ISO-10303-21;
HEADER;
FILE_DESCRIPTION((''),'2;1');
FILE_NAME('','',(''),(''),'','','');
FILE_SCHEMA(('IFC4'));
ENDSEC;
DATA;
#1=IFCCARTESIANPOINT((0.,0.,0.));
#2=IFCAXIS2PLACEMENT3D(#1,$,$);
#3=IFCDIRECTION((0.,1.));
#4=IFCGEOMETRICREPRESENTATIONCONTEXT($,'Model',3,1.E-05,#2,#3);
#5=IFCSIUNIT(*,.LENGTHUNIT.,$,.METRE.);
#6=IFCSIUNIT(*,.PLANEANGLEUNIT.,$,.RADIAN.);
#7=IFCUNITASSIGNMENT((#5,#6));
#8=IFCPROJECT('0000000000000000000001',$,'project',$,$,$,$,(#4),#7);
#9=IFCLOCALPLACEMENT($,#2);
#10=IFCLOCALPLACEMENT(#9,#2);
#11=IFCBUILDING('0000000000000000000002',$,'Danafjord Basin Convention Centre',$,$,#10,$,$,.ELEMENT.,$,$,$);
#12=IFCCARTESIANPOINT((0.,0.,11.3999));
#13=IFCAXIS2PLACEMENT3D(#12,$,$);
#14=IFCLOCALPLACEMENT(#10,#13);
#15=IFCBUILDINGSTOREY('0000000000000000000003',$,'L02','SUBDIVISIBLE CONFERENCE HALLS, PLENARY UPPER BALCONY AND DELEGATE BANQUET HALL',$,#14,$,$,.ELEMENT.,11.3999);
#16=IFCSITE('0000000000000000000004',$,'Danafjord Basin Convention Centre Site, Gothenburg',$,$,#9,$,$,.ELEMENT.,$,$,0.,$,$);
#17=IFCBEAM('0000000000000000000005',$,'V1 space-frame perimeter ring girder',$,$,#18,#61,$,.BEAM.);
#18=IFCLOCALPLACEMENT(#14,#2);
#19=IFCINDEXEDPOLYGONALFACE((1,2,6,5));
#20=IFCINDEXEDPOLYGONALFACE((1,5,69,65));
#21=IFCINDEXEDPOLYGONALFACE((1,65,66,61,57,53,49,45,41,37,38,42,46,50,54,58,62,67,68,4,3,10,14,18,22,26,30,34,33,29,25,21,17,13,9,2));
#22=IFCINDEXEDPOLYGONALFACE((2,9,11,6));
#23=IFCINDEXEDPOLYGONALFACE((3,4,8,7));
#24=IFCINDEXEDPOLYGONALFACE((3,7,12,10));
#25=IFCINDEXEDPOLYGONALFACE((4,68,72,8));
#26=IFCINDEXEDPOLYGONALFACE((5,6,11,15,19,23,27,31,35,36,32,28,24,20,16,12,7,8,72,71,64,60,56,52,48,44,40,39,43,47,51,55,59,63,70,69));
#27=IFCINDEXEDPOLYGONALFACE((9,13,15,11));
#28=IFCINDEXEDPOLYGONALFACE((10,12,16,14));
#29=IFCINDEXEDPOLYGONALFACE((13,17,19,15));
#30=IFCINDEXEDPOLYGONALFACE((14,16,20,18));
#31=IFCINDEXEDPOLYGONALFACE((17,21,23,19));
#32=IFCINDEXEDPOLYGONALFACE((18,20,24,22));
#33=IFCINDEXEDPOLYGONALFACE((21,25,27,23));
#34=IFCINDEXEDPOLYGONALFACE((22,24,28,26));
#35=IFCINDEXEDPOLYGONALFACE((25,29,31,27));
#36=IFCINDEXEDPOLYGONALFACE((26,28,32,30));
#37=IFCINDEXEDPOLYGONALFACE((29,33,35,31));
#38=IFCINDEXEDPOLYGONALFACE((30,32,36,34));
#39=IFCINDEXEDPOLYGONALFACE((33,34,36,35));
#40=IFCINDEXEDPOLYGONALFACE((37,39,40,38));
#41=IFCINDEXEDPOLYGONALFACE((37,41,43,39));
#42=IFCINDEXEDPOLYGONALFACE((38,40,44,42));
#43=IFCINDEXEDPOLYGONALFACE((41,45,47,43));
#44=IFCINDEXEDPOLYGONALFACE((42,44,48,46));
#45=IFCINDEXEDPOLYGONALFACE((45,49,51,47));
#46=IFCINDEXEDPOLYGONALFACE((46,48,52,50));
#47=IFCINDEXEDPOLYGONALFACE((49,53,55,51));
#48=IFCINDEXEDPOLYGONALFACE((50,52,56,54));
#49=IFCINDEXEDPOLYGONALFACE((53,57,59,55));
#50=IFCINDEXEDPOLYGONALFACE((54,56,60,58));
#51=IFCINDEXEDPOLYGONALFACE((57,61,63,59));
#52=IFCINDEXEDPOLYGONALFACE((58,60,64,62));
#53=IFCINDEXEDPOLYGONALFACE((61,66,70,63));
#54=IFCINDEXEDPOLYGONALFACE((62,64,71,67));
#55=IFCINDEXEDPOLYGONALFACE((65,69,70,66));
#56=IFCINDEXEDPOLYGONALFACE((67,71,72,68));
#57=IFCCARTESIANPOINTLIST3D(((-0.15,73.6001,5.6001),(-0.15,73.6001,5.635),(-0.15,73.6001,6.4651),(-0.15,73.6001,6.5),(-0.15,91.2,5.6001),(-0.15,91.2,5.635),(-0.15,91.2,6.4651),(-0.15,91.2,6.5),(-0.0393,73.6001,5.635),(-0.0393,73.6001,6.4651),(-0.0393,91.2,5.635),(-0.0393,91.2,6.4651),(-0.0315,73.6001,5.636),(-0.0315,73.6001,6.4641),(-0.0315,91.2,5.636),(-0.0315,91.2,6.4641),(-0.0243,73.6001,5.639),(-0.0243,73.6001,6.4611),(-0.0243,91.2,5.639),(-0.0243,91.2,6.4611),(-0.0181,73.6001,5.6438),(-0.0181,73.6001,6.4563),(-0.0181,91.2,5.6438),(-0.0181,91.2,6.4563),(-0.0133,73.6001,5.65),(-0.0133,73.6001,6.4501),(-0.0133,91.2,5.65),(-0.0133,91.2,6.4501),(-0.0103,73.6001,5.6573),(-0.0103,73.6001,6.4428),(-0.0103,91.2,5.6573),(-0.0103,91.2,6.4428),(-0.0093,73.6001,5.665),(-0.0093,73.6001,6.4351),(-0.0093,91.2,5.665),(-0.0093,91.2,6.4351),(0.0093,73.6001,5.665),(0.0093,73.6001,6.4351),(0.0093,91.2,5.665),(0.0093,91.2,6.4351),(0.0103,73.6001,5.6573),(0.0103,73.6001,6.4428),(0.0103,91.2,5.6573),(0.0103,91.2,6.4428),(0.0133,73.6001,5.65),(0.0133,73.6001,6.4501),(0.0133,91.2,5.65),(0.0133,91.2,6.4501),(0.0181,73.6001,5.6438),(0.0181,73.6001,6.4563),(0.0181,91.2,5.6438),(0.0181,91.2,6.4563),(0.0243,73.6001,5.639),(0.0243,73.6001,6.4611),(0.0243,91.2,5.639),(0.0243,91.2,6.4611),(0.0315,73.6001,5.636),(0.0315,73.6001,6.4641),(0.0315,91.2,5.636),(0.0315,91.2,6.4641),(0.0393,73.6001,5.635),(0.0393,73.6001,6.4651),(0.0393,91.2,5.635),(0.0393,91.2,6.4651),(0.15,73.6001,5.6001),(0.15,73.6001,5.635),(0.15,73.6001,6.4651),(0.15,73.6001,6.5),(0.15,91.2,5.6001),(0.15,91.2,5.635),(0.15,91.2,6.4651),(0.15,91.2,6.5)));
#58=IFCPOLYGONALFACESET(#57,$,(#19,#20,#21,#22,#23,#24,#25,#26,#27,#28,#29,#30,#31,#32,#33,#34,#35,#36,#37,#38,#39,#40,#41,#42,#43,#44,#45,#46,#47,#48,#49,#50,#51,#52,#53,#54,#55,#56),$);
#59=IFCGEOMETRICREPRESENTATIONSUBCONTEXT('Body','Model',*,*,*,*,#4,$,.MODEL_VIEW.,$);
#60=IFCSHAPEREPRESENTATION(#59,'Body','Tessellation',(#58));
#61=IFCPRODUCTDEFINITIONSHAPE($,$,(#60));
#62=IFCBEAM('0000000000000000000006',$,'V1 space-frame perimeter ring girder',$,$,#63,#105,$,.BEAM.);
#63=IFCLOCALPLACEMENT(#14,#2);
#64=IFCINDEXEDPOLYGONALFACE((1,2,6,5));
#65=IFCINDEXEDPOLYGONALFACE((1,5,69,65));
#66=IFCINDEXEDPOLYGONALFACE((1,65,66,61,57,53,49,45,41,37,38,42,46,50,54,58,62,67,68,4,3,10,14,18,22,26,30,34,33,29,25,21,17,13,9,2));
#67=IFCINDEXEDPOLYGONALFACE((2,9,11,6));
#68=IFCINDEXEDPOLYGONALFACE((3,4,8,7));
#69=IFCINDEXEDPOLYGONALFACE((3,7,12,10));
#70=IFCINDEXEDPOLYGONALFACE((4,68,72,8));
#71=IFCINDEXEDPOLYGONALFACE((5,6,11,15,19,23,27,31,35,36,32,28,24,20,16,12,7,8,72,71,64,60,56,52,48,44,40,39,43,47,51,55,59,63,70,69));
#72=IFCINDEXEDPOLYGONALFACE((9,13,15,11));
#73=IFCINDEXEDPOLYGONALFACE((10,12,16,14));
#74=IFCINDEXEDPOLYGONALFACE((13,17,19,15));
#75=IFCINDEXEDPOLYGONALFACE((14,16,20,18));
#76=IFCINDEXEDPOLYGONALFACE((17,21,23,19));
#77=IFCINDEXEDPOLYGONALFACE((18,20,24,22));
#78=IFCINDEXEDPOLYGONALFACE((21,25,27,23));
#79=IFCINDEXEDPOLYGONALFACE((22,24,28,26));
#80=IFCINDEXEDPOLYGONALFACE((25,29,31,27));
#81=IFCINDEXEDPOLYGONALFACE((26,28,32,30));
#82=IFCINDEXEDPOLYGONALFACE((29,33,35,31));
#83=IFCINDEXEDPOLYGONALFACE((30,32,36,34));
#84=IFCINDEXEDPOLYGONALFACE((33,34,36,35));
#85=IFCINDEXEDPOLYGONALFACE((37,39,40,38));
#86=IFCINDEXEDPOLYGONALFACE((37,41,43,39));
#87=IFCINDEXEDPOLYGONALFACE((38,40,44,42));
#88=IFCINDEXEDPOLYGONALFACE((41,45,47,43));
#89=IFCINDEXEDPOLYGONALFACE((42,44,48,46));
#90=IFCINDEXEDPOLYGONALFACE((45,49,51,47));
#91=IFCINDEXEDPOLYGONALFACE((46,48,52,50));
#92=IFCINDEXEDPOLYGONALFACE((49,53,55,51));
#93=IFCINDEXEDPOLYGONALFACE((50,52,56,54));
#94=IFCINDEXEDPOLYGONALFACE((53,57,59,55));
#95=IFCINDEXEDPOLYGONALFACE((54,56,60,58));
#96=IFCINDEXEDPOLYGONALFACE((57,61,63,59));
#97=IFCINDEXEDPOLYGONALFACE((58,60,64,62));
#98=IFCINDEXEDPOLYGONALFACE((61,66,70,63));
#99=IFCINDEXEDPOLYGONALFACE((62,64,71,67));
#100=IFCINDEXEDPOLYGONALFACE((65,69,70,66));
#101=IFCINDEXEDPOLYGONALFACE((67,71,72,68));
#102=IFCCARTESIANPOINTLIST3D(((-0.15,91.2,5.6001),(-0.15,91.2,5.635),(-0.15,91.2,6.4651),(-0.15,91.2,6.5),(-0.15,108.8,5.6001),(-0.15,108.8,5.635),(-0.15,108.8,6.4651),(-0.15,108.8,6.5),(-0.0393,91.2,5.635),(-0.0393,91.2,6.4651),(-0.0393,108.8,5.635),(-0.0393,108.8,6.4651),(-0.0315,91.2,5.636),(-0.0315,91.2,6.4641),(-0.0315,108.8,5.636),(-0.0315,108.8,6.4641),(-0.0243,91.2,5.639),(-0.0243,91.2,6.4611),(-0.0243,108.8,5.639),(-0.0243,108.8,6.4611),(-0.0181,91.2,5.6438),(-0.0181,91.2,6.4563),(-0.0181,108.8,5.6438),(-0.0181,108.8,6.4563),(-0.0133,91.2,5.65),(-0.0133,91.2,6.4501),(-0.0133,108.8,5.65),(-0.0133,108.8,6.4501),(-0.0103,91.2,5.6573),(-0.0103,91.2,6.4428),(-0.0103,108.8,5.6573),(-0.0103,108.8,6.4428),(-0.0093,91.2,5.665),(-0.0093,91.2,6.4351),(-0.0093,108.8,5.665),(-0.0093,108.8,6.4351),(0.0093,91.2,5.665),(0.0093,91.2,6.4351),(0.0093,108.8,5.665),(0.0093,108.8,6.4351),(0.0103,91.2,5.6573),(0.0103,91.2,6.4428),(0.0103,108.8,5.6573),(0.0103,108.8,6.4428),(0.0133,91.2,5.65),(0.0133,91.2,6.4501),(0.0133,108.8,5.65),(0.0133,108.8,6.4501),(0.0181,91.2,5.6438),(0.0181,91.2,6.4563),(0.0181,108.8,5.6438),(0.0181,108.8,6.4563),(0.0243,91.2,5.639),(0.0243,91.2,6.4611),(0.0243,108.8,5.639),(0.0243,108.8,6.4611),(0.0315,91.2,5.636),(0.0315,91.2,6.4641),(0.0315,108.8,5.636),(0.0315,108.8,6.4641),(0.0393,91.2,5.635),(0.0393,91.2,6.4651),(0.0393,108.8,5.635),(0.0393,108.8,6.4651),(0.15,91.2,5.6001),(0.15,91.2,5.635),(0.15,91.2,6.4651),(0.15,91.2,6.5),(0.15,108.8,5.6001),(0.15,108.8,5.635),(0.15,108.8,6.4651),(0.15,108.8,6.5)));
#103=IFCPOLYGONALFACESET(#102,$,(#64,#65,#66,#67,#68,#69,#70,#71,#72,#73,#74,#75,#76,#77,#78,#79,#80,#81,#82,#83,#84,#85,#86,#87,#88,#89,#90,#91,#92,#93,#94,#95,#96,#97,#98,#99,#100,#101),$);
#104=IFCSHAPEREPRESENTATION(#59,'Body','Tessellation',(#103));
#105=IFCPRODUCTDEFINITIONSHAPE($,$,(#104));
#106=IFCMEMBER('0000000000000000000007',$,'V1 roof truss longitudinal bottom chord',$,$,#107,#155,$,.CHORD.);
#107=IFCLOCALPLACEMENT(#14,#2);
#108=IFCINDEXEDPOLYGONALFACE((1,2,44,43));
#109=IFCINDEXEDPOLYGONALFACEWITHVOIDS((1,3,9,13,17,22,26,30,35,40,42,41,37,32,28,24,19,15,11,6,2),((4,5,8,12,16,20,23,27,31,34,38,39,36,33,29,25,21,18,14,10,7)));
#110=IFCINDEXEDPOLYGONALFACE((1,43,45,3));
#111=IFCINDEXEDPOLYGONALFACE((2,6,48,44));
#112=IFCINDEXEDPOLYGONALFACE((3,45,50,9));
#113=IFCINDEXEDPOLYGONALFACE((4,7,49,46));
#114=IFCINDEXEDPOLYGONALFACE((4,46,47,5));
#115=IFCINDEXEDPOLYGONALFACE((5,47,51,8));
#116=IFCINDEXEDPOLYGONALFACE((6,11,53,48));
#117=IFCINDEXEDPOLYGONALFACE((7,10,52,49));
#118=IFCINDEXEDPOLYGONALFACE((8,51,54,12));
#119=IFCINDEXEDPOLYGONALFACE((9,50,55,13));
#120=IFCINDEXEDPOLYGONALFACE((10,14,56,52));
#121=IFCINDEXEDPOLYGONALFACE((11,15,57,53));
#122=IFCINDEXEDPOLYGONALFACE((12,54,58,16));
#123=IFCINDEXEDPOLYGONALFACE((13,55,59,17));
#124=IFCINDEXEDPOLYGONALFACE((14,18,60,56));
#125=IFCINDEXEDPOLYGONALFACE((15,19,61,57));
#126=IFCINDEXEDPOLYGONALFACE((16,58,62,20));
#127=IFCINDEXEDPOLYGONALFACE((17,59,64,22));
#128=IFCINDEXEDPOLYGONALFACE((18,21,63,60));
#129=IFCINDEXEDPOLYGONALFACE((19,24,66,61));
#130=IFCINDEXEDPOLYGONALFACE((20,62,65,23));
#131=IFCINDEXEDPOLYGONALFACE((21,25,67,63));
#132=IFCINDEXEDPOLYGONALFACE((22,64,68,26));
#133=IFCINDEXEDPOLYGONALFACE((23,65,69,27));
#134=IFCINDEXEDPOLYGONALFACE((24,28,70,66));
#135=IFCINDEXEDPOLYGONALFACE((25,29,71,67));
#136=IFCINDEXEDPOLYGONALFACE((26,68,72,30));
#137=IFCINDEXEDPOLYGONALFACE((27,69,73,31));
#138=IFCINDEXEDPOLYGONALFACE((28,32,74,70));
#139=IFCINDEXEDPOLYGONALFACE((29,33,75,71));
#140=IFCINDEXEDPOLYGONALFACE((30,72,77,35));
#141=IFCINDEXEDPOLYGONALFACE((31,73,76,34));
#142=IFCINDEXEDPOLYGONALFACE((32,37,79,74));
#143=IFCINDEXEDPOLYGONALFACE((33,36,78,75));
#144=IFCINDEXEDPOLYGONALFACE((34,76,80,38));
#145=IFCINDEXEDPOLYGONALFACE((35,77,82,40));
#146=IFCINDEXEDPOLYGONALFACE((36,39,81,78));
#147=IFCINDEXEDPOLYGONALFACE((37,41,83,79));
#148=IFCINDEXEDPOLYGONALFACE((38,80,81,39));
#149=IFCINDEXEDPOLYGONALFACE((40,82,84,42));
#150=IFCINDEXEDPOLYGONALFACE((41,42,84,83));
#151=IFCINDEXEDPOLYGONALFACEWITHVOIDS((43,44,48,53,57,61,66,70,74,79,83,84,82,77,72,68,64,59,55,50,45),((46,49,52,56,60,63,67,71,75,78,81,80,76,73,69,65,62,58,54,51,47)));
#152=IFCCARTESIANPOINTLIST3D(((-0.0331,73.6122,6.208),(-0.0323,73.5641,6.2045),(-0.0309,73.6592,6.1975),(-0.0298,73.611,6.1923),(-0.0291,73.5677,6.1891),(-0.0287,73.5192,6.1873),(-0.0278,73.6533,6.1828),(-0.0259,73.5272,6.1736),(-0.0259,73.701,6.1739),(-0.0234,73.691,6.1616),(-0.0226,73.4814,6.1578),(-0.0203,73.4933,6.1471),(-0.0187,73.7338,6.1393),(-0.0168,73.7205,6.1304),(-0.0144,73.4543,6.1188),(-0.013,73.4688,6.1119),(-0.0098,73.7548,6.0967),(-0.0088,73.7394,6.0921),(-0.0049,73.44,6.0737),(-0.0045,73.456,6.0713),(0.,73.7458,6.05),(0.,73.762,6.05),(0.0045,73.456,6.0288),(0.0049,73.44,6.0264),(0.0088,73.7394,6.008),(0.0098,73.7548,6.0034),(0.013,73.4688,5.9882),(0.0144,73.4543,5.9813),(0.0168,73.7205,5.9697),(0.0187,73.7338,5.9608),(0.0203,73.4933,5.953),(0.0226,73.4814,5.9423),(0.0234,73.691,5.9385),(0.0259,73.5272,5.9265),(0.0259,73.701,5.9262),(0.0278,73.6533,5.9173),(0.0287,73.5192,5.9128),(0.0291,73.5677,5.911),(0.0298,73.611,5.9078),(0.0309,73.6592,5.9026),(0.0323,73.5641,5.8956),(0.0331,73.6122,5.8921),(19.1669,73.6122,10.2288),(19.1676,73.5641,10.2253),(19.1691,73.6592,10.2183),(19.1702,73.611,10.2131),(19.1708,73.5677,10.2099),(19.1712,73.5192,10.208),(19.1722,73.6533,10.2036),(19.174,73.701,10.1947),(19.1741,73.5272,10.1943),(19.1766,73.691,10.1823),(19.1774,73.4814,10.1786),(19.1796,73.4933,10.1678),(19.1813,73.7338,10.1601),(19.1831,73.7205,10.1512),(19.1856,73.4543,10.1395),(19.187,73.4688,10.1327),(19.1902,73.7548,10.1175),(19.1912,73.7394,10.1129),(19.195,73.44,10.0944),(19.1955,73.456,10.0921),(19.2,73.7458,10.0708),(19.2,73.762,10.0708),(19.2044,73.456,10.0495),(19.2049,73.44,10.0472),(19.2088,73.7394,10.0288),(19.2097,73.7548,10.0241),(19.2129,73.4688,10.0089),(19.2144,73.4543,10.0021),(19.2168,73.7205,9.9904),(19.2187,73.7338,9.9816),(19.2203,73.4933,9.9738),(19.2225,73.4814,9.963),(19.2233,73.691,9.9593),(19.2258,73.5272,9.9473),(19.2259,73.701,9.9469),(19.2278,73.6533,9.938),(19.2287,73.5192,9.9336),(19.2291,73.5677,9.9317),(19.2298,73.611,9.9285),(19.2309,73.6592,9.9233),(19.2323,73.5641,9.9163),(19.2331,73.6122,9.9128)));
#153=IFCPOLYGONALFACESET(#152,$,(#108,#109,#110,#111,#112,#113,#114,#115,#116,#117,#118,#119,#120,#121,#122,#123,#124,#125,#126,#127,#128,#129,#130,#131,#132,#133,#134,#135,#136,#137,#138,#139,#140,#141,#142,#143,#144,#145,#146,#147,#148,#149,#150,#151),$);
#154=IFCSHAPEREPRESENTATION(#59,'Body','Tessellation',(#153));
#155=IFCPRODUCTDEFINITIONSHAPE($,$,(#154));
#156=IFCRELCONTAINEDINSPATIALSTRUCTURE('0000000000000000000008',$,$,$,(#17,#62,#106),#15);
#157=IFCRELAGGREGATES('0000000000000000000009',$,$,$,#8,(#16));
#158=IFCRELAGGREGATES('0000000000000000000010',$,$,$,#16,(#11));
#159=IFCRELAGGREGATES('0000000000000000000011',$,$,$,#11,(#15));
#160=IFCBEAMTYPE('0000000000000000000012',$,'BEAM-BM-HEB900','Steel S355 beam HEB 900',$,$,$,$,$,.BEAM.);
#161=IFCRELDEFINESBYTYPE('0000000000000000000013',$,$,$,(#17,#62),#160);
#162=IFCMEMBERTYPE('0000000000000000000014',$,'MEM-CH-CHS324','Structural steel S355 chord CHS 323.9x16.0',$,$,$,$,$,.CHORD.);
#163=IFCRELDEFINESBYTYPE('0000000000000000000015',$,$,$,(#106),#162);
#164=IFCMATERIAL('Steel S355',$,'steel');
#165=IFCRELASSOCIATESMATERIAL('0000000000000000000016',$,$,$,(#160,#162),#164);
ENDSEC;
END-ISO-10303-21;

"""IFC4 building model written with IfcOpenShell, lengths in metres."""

from ifc_helpers import new_model, si_unit, direction, frame, origin, origin_2d, place, context, subcontext, project, spatial, hollow_circle, i_section, extrude, material, material_profile, profile_set, type_object, element, save


model = new_model("IFC4")

# Units and contexts
model_context = context("Model", 3, precision=1e-05, world=origin(), true_north=direction((0.0, 1.0)))
body_context = subcontext(model_context, "Body", "Model", "MODEL_VIEW")
ifc_project = project(units=[si_unit("LENGTHUNIT", "METRE"), si_unit("PLANEANGLEUNIT", "RADIAN")], contexts=[model_context])

# Site, building, storey
site_placement = place(None, origin())
site = spatial("IfcSite", under=ifc_project, at=site_placement, Name="Danafjord Basin Convention Centre Site, Gothenburg", CompositionType="ELEMENT", RefElevation=0.0)
building_placement = place(site_placement, origin())
building = spatial("IfcBuilding", under=site, at=building_placement, Name="Danafjord Basin Convention Centre", CompositionType="ELEMENT")
storey_placement = place(building_placement, frame((0.0, 0.0, 11.3999)))
storey = spatial("IfcBuildingStorey", under=building, at=storey_placement, Name="L02", Description="SUBDIVISIBLE CONFERENCE HALLS, PLENARY UPPER BALCONY AND DELEGATE BANQUET HALL", CompositionType="ELEMENT", Elevation=11.3999)

# Beams
ifc_material_1 = material(Name="Steel S355", Category="steel")
ifc_material_profile_1 = material_profile(ifc_material_1, i_section(OverallWidth=0.3, OverallDepth=0.8999, WebThickness=0.0186, FlangeThickness=0.0349, FilletRadius=0.03, at=origin_2d()), Name="HEB 900")
ifc_profile_set_1 = profile_set([ifc_material_profile_1], Name="Steel S355")
beam_type = type_object("IfcBeamType", Name="BEAM-BM-HEB900", Description="Steel S355 beam HEB 900", PredefinedType="BEAM", material=ifc_profile_set_1)
beam_1_placement = place(storey_placement, frame((0.0, 73.6001, 6.05), z_axis=(0.0, 1.0, 0.0), x_axis=(-1.0, 0.0, 0.0)))
element("IfcBeam", 1, at=beam_1_placement, inside=storey, type_object=beam_type, Name="V1 space-frame perimeter ring girder", PredefinedType="BEAM", context=body_context, shape_type="SweptSolid", body=[
    extrude(i_section(OverallWidth=0.3, OverallDepth=0.8999, WebThickness=0.0186, FlangeThickness=0.0349, FilletRadius=0.03, at=origin_2d()), origin(), (0.0, 0.0, 1.0), 17.5999),
])
beam_2_placement = place(storey_placement, frame((0.0, 91.2, 6.05), z_axis=(0.0, 1.0, 0.0), x_axis=(-1.0, 0.0, 0.0)))
element("IfcBeam", 2, at=beam_2_placement, inside=storey, type_object=beam_type, Name="V1 space-frame perimeter ring girder", PredefinedType="BEAM", context=body_context, shape_type="SweptSolid", body=[
    extrude(i_section(OverallWidth=0.3, OverallDepth=0.8999, WebThickness=0.0186, FlangeThickness=0.0349, FilletRadius=0.03, at=origin_2d()), origin(), (0.0, 0.0, 1.0), 17.6001),
])

# Member
ifc_material_profile_2 = material_profile(ifc_material_1, hollow_circle(Radius=0.1619, WallThickness=0.0161, at=origin_2d()), Name="CHS 323.9x16.0")
ifc_profile_set_2 = profile_set([ifc_material_profile_2], Name="Steel S355")
member_type_1 = type_object("IfcMemberType", Name="MEM-CH-CHS324", Description="Structural steel S355 chord CHS 323.9x16.0", PredefinedType="CHORD", material=ifc_profile_set_2)
member_1_placement = place(storey_placement, frame((0.0, 73.6001, 6.05), z_axis=(0.978769, 0.0, 0.204969), x_axis=(0.0, 1.0, 0.0)))
element("IfcMember", 3, at=member_1_placement, inside=storey, type_object=member_type_1, Name="V1 roof truss longitudinal bottom chord", PredefinedType="CHORD", context=body_context, shape_type="SweptSolid", body=[
    extrude(hollow_circle(Radius=0.1619, WallThickness=0.0161, at=origin_2d()), origin(), (0.0, 0.0, 1.0), 19.6165),
])

save(model, "model.ifc")
